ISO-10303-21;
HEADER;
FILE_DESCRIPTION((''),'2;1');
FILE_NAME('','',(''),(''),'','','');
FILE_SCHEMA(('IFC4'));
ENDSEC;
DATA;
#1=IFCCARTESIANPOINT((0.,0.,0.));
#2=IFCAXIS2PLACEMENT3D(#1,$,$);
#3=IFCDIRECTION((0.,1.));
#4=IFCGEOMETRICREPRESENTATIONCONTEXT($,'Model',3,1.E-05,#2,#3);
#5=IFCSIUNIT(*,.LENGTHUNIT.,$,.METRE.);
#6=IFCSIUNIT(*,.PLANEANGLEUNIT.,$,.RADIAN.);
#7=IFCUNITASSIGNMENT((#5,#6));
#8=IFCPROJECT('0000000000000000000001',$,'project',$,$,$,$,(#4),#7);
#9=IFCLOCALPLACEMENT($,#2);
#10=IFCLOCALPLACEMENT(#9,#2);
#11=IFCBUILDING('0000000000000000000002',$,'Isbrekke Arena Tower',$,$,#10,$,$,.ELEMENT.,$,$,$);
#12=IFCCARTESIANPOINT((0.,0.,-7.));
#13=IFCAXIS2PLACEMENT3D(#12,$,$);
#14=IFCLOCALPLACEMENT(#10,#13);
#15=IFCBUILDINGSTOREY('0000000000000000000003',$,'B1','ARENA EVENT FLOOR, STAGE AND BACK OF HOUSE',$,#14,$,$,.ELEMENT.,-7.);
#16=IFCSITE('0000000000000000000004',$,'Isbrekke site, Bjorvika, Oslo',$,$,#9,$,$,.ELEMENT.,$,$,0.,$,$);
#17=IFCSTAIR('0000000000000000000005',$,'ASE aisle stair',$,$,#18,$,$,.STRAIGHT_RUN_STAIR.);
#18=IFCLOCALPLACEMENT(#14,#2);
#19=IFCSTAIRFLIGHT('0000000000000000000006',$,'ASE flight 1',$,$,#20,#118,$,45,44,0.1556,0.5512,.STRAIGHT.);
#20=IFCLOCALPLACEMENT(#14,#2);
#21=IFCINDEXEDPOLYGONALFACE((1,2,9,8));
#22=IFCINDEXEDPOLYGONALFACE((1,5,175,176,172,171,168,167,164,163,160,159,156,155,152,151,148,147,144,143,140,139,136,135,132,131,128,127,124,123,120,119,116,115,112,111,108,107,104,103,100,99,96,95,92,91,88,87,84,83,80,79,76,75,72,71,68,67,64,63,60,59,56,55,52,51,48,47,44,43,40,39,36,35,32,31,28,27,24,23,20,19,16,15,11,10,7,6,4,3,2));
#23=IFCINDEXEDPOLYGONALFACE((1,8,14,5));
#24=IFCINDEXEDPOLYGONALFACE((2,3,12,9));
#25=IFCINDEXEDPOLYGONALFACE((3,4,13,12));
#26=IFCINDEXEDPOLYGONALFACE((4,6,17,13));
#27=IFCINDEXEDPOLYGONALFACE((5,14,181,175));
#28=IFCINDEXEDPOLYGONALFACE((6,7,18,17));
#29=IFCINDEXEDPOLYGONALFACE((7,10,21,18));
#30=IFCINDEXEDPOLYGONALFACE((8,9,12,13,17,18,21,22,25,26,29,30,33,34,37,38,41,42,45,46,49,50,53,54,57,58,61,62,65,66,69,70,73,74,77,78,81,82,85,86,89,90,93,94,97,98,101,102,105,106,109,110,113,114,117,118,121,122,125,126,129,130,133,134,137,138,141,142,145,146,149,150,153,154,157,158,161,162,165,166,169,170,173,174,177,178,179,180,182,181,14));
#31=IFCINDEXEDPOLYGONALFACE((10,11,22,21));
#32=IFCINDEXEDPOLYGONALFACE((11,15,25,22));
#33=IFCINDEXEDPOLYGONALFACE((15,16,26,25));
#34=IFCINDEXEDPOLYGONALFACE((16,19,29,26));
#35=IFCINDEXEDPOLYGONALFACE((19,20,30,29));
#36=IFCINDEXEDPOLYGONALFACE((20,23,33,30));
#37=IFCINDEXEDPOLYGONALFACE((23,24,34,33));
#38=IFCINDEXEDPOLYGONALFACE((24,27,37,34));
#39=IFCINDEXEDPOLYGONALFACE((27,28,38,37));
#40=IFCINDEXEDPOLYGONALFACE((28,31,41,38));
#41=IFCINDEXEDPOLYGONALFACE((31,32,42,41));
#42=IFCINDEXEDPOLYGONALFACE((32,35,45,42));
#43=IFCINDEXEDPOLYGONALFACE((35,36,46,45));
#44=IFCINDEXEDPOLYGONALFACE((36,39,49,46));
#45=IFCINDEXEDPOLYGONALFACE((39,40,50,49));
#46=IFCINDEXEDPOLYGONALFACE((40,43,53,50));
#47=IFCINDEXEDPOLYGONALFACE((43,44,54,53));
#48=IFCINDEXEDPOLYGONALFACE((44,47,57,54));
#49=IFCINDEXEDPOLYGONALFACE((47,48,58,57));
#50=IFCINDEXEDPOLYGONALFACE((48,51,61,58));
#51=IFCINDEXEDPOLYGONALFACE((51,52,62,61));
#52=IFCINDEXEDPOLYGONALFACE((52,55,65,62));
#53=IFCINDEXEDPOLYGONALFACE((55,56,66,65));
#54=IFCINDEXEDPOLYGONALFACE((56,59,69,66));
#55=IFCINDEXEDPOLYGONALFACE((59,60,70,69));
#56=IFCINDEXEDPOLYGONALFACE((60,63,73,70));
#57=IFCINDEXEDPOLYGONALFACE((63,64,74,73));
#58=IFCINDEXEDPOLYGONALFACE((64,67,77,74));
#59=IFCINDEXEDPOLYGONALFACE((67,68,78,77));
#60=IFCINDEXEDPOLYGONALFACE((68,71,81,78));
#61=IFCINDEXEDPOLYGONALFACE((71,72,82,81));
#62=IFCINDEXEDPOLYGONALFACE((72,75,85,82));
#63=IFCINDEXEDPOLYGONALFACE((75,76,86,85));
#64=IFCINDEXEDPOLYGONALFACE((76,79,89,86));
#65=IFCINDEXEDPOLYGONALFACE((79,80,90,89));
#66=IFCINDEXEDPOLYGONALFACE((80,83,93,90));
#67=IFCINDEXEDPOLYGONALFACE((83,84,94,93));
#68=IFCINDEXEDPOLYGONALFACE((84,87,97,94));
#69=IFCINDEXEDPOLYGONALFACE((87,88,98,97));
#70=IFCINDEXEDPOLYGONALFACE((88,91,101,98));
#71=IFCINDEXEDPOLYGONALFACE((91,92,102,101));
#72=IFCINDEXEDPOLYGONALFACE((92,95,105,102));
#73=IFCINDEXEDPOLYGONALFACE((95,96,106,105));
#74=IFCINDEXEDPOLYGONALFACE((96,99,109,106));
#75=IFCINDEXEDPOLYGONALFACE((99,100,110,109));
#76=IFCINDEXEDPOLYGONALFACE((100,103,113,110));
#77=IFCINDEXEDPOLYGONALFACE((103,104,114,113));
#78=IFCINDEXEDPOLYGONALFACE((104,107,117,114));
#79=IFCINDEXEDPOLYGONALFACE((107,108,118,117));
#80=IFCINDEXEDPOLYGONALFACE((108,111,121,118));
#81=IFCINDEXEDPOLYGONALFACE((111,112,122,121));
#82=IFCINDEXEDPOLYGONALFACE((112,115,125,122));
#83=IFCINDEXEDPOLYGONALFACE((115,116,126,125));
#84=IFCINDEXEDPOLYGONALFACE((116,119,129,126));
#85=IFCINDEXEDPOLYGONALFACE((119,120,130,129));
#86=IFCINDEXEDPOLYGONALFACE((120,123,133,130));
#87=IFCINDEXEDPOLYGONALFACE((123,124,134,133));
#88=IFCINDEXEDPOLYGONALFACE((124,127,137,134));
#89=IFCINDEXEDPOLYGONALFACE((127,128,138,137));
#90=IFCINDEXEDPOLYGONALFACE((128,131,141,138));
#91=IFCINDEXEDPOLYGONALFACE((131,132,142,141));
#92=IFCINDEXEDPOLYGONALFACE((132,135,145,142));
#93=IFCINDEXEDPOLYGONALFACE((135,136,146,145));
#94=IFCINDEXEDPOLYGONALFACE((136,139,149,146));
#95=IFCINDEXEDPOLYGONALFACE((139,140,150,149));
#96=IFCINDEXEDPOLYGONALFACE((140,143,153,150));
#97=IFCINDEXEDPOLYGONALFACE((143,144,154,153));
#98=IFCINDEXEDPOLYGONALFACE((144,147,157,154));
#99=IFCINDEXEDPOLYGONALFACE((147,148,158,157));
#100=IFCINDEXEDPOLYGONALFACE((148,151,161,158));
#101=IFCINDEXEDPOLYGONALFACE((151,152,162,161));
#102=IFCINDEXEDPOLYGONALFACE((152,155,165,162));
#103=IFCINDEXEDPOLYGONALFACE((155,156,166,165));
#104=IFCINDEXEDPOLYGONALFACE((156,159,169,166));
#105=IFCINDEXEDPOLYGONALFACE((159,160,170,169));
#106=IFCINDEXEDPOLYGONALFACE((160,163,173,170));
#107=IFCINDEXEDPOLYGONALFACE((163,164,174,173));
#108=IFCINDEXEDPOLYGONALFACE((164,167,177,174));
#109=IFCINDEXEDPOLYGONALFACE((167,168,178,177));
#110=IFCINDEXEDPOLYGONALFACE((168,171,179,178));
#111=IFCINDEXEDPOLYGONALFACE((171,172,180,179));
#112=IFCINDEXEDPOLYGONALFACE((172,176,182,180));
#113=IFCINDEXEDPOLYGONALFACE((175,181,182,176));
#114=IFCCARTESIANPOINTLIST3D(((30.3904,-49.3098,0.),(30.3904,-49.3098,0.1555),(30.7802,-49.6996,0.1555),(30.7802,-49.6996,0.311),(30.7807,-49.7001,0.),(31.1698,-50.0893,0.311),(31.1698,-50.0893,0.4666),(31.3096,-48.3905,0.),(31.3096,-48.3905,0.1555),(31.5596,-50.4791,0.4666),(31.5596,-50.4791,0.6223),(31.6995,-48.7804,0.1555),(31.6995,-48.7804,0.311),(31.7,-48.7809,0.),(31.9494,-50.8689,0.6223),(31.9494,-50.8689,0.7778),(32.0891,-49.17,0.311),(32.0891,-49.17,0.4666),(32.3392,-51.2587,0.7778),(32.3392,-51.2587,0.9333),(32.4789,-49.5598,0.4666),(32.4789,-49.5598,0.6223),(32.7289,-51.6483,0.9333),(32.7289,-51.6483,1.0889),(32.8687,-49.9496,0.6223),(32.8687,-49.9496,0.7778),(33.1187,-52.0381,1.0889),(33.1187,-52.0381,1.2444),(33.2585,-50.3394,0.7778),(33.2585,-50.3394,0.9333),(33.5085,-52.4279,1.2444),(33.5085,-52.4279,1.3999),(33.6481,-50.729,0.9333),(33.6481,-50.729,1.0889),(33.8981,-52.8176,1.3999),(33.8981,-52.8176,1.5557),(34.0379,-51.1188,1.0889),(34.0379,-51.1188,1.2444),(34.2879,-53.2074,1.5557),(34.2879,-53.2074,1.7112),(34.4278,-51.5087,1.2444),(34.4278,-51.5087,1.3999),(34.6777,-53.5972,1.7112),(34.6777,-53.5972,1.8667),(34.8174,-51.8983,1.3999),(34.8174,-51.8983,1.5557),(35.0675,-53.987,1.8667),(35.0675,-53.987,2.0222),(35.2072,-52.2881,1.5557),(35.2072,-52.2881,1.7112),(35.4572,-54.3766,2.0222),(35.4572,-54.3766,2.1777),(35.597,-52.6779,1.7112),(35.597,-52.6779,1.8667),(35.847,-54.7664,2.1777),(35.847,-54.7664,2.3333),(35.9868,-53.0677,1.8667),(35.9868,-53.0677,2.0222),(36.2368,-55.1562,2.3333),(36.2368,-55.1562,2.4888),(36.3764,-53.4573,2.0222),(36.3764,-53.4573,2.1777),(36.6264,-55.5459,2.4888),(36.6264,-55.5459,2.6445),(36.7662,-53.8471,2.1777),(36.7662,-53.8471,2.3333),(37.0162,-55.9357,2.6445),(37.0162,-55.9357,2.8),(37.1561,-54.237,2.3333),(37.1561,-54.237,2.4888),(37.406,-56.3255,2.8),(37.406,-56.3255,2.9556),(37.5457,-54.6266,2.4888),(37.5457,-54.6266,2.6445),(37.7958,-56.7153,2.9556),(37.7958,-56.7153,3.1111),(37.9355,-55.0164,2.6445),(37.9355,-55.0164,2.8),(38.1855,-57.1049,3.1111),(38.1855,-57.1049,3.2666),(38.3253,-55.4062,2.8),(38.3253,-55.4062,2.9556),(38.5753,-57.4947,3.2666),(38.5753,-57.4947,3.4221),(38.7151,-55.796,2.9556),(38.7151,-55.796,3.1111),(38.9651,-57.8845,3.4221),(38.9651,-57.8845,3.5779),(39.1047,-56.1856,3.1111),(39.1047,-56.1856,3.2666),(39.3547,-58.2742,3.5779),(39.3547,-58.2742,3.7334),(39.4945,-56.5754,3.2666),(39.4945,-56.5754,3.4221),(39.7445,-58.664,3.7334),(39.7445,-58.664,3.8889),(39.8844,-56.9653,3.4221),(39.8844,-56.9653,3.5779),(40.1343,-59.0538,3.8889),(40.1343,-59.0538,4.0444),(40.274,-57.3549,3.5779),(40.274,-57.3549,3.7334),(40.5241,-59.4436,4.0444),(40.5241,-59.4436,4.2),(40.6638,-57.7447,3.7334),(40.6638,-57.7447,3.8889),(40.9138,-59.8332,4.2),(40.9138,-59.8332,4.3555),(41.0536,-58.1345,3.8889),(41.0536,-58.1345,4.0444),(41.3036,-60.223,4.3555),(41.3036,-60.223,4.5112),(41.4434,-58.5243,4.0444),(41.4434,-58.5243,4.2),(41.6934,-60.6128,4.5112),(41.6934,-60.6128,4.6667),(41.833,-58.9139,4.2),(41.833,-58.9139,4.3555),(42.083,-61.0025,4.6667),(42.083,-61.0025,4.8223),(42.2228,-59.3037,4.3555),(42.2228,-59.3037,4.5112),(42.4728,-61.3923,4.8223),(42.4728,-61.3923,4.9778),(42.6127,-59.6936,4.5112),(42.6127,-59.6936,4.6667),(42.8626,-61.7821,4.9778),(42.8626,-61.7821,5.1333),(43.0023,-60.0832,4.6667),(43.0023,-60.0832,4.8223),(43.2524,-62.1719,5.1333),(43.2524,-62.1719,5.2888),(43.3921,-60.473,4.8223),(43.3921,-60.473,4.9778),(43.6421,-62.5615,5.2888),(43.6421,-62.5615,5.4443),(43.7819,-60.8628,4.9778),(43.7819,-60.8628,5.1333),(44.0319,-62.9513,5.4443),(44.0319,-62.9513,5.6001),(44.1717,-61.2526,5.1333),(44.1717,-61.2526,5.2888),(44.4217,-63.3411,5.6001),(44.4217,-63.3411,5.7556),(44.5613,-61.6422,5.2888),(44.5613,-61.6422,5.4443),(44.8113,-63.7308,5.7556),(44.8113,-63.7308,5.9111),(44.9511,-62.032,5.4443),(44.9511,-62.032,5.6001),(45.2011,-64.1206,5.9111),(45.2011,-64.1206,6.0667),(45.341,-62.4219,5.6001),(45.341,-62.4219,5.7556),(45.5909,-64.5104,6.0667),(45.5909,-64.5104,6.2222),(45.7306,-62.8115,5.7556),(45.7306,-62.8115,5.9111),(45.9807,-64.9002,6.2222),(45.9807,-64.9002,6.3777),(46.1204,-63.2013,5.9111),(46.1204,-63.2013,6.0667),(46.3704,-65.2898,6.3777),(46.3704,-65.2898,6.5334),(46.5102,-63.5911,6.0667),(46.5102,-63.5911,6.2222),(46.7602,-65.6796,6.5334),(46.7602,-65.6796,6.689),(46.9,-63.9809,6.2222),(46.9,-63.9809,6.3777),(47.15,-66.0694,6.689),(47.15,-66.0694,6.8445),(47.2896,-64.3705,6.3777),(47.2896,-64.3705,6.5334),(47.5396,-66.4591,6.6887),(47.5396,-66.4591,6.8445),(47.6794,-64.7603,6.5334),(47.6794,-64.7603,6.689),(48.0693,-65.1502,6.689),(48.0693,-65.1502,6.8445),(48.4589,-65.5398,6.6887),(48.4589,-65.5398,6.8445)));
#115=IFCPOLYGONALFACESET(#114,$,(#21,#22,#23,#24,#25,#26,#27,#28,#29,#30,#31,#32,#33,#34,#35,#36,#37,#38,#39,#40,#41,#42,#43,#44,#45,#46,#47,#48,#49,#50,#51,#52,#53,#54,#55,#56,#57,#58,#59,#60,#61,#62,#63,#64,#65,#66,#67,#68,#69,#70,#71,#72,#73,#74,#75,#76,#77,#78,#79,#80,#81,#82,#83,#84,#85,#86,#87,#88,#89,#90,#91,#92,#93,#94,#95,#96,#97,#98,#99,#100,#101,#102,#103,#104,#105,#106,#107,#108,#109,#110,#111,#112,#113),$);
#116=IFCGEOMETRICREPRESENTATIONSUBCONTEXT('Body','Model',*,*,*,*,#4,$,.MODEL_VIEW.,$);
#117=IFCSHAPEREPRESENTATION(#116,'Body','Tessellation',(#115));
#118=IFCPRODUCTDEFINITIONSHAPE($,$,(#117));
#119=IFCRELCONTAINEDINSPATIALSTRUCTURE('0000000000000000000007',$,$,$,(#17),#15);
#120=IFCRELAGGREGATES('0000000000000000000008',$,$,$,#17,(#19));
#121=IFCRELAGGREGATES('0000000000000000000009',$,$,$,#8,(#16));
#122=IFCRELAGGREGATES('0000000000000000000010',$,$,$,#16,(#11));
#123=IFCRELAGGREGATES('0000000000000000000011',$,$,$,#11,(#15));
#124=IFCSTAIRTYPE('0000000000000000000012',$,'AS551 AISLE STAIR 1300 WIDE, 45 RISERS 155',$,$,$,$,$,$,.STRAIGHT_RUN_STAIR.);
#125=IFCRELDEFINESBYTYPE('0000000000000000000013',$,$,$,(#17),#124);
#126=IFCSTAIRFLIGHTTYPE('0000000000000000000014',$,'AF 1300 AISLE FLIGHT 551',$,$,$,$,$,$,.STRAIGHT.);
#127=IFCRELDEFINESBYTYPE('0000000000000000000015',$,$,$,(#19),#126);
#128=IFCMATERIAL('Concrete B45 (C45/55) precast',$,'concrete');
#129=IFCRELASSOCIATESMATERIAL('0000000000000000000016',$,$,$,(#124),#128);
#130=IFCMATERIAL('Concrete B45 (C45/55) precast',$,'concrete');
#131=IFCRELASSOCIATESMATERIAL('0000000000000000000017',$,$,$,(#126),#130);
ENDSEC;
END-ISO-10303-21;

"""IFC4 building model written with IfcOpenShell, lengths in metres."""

from ifc_helpers import new_model, si_unit, direction, frame, origin, place, context, subcontext, project, spatial, polyline, outline, extrude, material, type_object, element, aggregate, save


model = new_model("IFC4")

# Units and contexts
model_context = context("Model", 3, precision=1e-05, world=origin(), true_north=direction((0.0, 1.0)))
body_context = subcontext(model_context, "Body", "Model", "MODEL_VIEW")
ifc_project = project(units=[si_unit("LENGTHUNIT", "METRE"), si_unit("PLANEANGLEUNIT", "RADIAN")], contexts=[model_context])

# Site, building, storey
site_placement = place(None, origin())
site = spatial("IfcSite", under=ifc_project, at=site_placement, Name="Isbrekke site, Bjorvika, Oslo", CompositionType="ELEMENT", RefElevation=0.0)
building_placement = place(site_placement, origin())
building = spatial("IfcBuilding", under=site, at=building_placement, Name="Isbrekke Arena Tower", CompositionType="ELEMENT")
storey_placement = place(building_placement, frame((0.0, 0.0, -7.0)))
storey = spatial("IfcBuildingStorey", under=building, at=storey_placement, Name="B1", Description="ARENA EVENT FLOOR, STAGE AND BACK OF HOUSE", CompositionType="ELEMENT", Elevation=-7.0)

# Stair, stair flight
ifc_material_1 = material(Name="Concrete B45 (C45/55) precast", Category="concrete")
stair_type_1 = type_object("IfcStairType", Name="AS551 AISLE STAIR 1300 WIDE, 45 RISERS 155", PredefinedType="STRAIGHT_RUN_STAIR", material=ifc_material_1)
stair_1_placement = place(storey_placement, origin())
stair_1 = element("IfcStair", 1, at=stair_1_placement, inside=storey, type_object=stair_type_1, Name="ASE aisle stair", PredefinedType="STRAIGHT_RUN_STAIR")
ifc_material_2 = material(Name="Concrete B45 (C45/55) precast", Category="concrete")
stair_flight_type_1 = type_object("IfcStairFlightType", Name="AF 1300 AISLE FLIGHT 551", PredefinedType="STRAIGHT", material=ifc_material_2)
stair_flight_1_placement = place(storey_placement, frame((30.8501, -48.8501, 0.0), z_axis=(0.0, 0.0, 1.0), x_axis=(0.707107, -0.707107, 0.0)))
stair_flight_1 = element("IfcStairFlight", 2, at=stair_flight_1_placement, type_object=stair_flight_type_1, Name="ASE flight 1", NumberOfRisers=45, NumberOfTreads=44, PredefinedType="STRAIGHT", RiserHeight=0.1556, TreadLength=0.5512, context=body_context, shape_type="SweptSolid", body=[
    extrude(outline(polyline([(0.0, 0.0), (0.0, 0.1555), (0.5513, 0.1555), (0.5513, 0.311), (1.1023, 0.311), (1.1023, 0.4666), (1.6536, 0.4666), (1.6536, 0.6223), (2.2048, 0.6223), (2.2048, 0.7778), (2.7561, 0.7778), (2.7561, 0.9333), (3.3071, 0.9333), (3.3071, 1.0889), (3.8584, 1.0889), (3.8584, 1.2444), (4.4097, 1.2444), (4.4097, 1.3999), (4.9607, 1.3999), (4.9607, 1.5557), (5.512, 1.5557), (5.512, 1.7112), (6.0632, 1.7112), (6.0632, 1.8667), (6.6145, 1.8667), (6.6145, 2.0222), (7.1655, 2.0222), (7.1655, 2.1777), (7.7168, 2.1777), (7.7168, 2.3333), (8.2681, 2.3333), (8.2681, 2.4888), (8.8191, 2.4888), (8.8191, 2.6445), (9.3704, 2.6445), (9.3704, 2.8), (9.9216, 2.8), (9.9216, 2.9556), (10.4729, 2.9556), (10.4729, 3.1111), (11.0239, 3.1111), (11.0239, 3.2666), (11.5752, 3.2666), (11.5752, 3.4221), (12.1265, 3.4221), (12.1265, 3.5779), (12.6775, 3.5779), (12.6775, 3.7334), (13.2288, 3.7334), (13.2288, 3.8889), (13.78, 3.8889), (13.78, 4.0444), (14.3313, 4.0444), (14.3313, 4.2), (14.8823, 4.2), (14.8823, 4.3555), (15.4336, 4.3555), (15.4336, 4.5112), (15.9849, 4.5112), (15.9849, 4.6667), (16.5359, 4.6667), (16.5359, 4.8223), (17.0872, 4.8223), (17.0872, 4.9778), (17.6384, 4.9778), (17.6384, 5.1333), (18.1897, 5.1333), (18.1897, 5.2888), (18.7407, 5.2888), (18.7407, 5.4443), (19.292, 5.4443), (19.292, 5.6001), (19.8433, 5.6001), (19.8433, 5.7556), (20.3943, 5.7556), (20.3943, 5.9111), (20.9456, 5.9111), (20.9456, 6.0667), (21.4968, 6.0667), (21.4968, 6.2222), (22.0481, 6.2222), (22.0481, 6.3777), (22.5991, 6.3777), (22.5991, 6.5334), (23.1504, 6.5334), (23.1504, 6.689), (23.7017, 6.689), (23.7017, 6.8445), (24.2527, 6.8445), (24.2527, 7.0), (24.2527, 6.6887), (0.552, 0.0), (0.0, 0.0)])), frame((0.0, 0.6499, 0.0), z_axis=(0.0, -1.0, 0.0), x_axis=(1.0, 0.0, 0.0)), (0.0, 0.0, 1.0), 1.3),
])
aggregate(stair_1, [stair_flight_1])

save(model, "model.ifc")
